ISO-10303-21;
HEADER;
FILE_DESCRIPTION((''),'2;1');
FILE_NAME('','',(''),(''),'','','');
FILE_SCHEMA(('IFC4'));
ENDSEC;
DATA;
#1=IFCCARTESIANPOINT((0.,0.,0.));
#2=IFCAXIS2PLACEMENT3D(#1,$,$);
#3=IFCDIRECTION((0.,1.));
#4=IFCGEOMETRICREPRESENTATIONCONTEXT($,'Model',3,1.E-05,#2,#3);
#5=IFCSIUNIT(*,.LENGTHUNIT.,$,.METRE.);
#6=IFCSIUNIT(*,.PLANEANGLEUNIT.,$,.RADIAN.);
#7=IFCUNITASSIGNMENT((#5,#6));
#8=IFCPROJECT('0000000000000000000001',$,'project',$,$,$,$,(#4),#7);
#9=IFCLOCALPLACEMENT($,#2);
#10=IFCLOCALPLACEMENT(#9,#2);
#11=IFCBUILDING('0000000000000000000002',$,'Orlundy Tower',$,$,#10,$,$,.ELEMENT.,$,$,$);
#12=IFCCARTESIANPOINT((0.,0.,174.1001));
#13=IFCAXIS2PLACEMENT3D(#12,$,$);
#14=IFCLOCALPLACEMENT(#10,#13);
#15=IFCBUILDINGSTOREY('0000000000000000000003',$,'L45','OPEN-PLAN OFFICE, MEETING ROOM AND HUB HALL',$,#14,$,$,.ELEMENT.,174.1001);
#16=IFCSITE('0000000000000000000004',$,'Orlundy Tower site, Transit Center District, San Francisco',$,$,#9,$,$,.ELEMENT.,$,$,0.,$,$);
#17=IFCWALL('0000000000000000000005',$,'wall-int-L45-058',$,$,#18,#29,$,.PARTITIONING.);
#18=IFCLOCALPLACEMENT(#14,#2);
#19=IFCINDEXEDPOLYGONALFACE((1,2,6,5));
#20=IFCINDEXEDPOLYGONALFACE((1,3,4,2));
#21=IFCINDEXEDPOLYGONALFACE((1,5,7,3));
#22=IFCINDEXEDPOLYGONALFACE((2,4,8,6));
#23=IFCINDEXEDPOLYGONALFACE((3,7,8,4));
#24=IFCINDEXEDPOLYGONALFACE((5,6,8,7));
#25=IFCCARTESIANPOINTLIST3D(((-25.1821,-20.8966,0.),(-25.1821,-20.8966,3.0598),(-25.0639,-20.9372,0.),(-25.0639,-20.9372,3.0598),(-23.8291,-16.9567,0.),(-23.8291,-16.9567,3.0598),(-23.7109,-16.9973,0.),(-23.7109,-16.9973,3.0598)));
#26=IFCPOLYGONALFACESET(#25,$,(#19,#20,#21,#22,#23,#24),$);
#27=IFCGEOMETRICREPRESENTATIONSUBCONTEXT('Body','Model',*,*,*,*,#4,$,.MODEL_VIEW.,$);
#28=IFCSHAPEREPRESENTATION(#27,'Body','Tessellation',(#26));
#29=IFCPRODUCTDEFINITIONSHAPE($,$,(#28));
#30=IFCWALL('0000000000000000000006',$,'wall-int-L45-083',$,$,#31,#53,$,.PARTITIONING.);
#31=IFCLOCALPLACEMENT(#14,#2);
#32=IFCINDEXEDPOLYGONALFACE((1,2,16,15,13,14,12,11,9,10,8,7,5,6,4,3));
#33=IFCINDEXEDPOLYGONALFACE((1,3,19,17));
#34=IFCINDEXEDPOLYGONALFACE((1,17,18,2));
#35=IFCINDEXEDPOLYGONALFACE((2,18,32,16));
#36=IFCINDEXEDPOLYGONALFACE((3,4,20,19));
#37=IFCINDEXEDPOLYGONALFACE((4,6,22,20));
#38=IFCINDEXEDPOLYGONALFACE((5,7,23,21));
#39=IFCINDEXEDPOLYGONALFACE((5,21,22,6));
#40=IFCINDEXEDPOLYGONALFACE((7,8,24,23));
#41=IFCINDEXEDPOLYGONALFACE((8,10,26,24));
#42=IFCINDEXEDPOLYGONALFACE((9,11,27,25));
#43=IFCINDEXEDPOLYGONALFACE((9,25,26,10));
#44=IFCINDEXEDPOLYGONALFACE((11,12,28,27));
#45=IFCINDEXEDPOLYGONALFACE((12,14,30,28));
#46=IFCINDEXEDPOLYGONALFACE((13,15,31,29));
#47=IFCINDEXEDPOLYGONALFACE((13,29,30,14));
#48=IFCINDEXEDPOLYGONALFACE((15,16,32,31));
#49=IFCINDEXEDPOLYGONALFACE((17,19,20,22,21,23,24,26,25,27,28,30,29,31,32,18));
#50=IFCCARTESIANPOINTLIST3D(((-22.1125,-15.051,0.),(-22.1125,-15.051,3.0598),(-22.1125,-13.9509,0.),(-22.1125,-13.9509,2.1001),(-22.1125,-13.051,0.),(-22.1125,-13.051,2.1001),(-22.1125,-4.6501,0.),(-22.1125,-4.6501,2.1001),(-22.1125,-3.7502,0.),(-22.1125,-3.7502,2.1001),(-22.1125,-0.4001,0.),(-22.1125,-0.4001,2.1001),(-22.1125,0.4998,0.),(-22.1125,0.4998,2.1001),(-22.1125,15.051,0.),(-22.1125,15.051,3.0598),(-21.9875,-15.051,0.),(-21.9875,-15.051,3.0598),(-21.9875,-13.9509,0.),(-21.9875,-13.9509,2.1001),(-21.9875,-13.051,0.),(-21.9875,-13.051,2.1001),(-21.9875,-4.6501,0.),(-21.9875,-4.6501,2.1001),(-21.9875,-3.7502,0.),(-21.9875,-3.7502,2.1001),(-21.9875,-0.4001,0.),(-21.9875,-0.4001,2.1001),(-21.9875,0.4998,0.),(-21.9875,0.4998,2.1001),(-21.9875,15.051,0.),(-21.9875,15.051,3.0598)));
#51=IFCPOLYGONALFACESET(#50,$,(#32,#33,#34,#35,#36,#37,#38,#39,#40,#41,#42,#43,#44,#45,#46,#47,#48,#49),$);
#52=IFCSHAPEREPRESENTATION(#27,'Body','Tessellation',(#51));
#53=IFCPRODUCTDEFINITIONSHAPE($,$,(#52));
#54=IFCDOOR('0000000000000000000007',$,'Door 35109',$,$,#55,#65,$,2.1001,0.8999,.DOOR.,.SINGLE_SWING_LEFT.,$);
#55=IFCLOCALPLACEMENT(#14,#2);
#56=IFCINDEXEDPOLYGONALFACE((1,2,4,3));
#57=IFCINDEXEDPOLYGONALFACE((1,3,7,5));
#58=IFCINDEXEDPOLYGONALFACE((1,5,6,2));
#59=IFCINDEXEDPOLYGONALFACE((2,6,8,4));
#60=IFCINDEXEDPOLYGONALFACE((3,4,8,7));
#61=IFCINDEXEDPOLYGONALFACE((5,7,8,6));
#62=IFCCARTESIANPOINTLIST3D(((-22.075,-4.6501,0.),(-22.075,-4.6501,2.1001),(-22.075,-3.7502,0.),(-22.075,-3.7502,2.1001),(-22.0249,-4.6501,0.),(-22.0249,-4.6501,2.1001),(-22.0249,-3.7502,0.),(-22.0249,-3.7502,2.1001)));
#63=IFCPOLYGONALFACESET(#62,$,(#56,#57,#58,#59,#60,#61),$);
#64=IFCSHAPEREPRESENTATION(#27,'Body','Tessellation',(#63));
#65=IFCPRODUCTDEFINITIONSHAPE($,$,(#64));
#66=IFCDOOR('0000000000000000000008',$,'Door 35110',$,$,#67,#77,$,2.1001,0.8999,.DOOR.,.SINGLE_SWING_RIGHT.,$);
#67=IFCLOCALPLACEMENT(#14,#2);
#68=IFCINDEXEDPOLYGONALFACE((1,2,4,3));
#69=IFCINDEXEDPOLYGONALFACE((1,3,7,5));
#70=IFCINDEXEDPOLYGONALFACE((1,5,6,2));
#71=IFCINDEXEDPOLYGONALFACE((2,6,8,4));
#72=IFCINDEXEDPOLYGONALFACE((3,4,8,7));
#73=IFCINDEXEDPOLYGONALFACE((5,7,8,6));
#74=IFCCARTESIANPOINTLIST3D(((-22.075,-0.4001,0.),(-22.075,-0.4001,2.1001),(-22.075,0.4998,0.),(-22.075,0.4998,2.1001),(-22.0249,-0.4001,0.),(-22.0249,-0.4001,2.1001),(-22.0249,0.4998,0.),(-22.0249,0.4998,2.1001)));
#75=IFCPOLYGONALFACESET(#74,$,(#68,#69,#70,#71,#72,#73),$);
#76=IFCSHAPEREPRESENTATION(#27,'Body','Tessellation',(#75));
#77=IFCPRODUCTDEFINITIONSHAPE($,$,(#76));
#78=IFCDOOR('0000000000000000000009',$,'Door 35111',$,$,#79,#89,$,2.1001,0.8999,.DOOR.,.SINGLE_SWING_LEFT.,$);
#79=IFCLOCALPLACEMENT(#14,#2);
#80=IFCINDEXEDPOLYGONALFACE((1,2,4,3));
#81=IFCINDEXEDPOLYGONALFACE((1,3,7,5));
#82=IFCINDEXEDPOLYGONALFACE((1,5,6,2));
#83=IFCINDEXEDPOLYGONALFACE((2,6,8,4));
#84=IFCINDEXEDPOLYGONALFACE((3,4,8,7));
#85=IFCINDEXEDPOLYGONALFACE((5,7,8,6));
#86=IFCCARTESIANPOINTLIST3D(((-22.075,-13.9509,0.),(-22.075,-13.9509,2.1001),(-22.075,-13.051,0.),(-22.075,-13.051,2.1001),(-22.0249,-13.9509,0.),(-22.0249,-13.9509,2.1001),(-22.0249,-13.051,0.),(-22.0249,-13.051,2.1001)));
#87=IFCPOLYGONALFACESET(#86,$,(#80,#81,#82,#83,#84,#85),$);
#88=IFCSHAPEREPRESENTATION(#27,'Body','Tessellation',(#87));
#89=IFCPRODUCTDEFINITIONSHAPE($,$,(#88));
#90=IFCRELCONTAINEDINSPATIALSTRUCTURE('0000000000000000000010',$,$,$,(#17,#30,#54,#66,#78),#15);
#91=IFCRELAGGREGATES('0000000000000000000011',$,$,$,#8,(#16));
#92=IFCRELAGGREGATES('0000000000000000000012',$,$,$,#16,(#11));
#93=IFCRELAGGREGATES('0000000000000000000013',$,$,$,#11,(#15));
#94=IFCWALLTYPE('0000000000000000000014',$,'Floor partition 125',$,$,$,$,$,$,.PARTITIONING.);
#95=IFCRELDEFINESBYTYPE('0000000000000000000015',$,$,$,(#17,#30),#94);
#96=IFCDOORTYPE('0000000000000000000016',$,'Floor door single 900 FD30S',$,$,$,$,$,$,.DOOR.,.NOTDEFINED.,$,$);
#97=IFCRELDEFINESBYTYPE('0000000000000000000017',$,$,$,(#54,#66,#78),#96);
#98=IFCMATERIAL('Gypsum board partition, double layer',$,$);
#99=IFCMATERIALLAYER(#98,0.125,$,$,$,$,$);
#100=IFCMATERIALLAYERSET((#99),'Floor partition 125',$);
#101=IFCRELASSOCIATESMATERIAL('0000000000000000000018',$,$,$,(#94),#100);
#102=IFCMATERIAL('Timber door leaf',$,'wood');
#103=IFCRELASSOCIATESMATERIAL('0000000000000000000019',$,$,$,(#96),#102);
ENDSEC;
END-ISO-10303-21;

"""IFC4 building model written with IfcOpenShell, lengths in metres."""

from ifc_helpers import new_model, si_unit, direction, frame, frame_2d, origin, place, context, subcontext, project, spatial, rectangle, extrude, material, layer, layer_set, type_object, element, fill, save


model = new_model("IFC4")

# Units and contexts
model_context = context("Model", 3, precision=1e-05, world=origin(), true_north=direction((0.0, 1.0)))
body_context = subcontext(model_context, "Body", "Model", "MODEL_VIEW")
ifc_project = project(units=[si_unit("LENGTHUNIT", "METRE"), si_unit("PLANEANGLEUNIT", "RADIAN")], contexts=[model_context])

# Site, building, storey
site_placement = place(None, origin())
site = spatial("IfcSite", under=ifc_project, at=site_placement, Name="Orlundy Tower site, Transit Center District, San Francisco", CompositionType="ELEMENT", RefElevation=0.0)
building_placement = place(site_placement, origin())
building = spatial("IfcBuilding", under=site, at=building_placement, Name="Orlundy Tower", CompositionType="ELEMENT")
storey_placement = place(building_placement, frame((0.0, 0.0, 174.1001)))
storey = spatial("IfcBuildingStorey", under=building, at=storey_placement, Name="L45", Description="OPEN-PLAN OFFICE, MEETING ROOM AND HUB HALL", CompositionType="ELEMENT", Elevation=174.1001)

# Shared definitions
ifc_material_1 = material(Name="Gypsum board partition, double layer")
ifc_layer_1 = layer(ifc_material_1, 0.125)
ifc_layer_set_1 = layer_set([ifc_layer_1], Name="Floor partition 125")
wall_type_1 = type_object("IfcWallType", Name="Floor partition 125", PredefinedType="PARTITIONING", material=ifc_layer_set_1)

# Shared definitions
ifc_material_2 = material(Name="Timber door leaf", Category="wood")
door_type_1 = type_object("IfcDoorType", Name="Floor door single 900 FD30S", OperationType="NOTDEFINED", PredefinedType="DOOR", material=ifc_material_2)

# Wall
wall_1_placement = place(storey_placement, frame((-25.123, -20.917, 0.0), z_axis=(0.0, 0.0, 1.0), x_axis=(0.324795, 0.945785, 0.0)))
element("IfcWall", 1, at=wall_1_placement, inside=storey, type_object=wall_type_1, Name="wall-int-L45-058", PredefinedType="PARTITIONING", context=body_context, shape_type="SweptSolid", body=[
    extrude(rectangle(XDim=4.1658, YDim=0.125, at=frame_2d((2.083, 0.0))), origin(), (0.0, 0.0, 1.0), 3.0598),
])

# Wall, openings, doors
wall_2_placement = place(storey_placement, frame((-22.05, -15.051, 0.0), z_axis=(0.0, 0.0, 1.0), x_axis=(0.0, 1.0, 0.0)))
wall_2 = element("IfcWall", 2, at=wall_2_placement, inside=storey, type_object=wall_type_1, Name="wall-int-L45-083", PredefinedType="PARTITIONING", context=body_context, shape_type="SweptSolid", body=[
    extrude(rectangle(XDim=30.1021, YDim=0.125, at=frame_2d((15.051, 0.0))), origin(), (0.0, 0.0, 1.0), 3.0598),
])
opening_1_placement = place(wall_2_placement, frame((10.4009, 0.0, 0.0)))
opening_1 = element("IfcOpeningElement", 3, at=opening_1_placement, cuts=wall_2, PredefinedType="OPENING", context=body_context, shape_type="SweptSolid", body=[
    extrude(rectangle(XDim=0.8999, YDim=2.1001, at=frame_2d((0.45, 1.05))), frame((0.0, 0.0725, 0.0), z_axis=(0.0, -1.0, 0.0), x_axis=(1.0, 0.0, 0.0)), (0.0, 0.0, 1.0), 0.145),
])
opening_2_placement = place(wall_2_placement, frame((14.6509, 0.0, 0.0)))
opening_2 = element("IfcOpeningElement", 4, at=opening_2_placement, cuts=wall_2, PredefinedType="OPENING", context=body_context, shape_type="SweptSolid", body=[
    extrude(rectangle(XDim=0.8999, YDim=2.1001, at=frame_2d((0.45, 1.05))), frame((0.0, 0.0725, 0.0), z_axis=(0.0, -1.0, 0.0), x_axis=(1.0, 0.0, 0.0)), (0.0, 0.0, 1.0), 0.145),
])
opening_3_placement = place(wall_2_placement, frame((1.1001, 0.0, 0.0)))
opening_3 = element("IfcOpeningElement", 5, at=opening_3_placement, cuts=wall_2, PredefinedType="OPENING", context=body_context, shape_type="SweptSolid", body=[
    extrude(rectangle(XDim=0.8999, YDim=2.1001, at=frame_2d((0.45, 1.05))), frame((0.0, 0.0725, 0.0), z_axis=(0.0, -1.0, 0.0), x_axis=(1.0, 0.0, 0.0)), (0.0, 0.0, 1.0), 0.145),
])
door_1_placement = place(opening_1_placement, origin())
door_1 = element("IfcDoor", 6, at=door_1_placement, inside=storey, type_object=door_type_1, Name="Door 35109", OperationType="SINGLE_SWING_LEFT", OverallHeight=2.1001, OverallWidth=0.8999, PredefinedType="DOOR", context=body_context, shape_type="SweptSolid", body=[
    extrude(rectangle(XDim=0.8999, YDim=2.1001, at=frame_2d((0.45, 1.05))), frame((0.0, 0.0249, 0.0), z_axis=(0.0, -1.0, 0.0), x_axis=(1.0, 0.0, 0.0)), (0.0, 0.0, 1.0), 0.05),
])
fill(opening_1, door_1)
door_2_placement = place(opening_2_placement, origin())
door_2 = element("IfcDoor", 7, at=door_2_placement, inside=storey, type_object=door_type_1, Name="Door 35110", OperationType="SINGLE_SWING_RIGHT", OverallHeight=2.1001, OverallWidth=0.8999, PredefinedType="DOOR", context=body_context, shape_type="SweptSolid", body=[
    extrude(rectangle(XDim=0.8999, YDim=2.1001, at=frame_2d((0.45, 1.05))), frame((0.0, 0.0249, 0.0), z_axis=(0.0, -1.0, 0.0), x_axis=(1.0, 0.0, 0.0)), (0.0, 0.0, 1.0), 0.05),
])
fill(opening_2, door_2)
door_3_placement = place(opening_3_placement, origin())
door_3 = element("IfcDoor", 8, at=door_3_placement, inside=storey, type_object=door_type_1, Name="Door 35111", OperationType="SINGLE_SWING_LEFT", OverallHeight=2.1001, OverallWidth=0.8999, PredefinedType="DOOR", context=body_context, shape_type="SweptSolid", body=[
    extrude(rectangle(XDim=0.8999, YDim=2.1001, at=frame_2d((0.45, 1.05))), frame((0.0, 0.0249, 0.0), z_axis=(0.0, -1.0, 0.0), x_axis=(1.0, 0.0, 0.0)), (0.0, 0.0, 1.0), 0.05),
])
fill(opening_3, door_3)

save(model, "model.ifc")
